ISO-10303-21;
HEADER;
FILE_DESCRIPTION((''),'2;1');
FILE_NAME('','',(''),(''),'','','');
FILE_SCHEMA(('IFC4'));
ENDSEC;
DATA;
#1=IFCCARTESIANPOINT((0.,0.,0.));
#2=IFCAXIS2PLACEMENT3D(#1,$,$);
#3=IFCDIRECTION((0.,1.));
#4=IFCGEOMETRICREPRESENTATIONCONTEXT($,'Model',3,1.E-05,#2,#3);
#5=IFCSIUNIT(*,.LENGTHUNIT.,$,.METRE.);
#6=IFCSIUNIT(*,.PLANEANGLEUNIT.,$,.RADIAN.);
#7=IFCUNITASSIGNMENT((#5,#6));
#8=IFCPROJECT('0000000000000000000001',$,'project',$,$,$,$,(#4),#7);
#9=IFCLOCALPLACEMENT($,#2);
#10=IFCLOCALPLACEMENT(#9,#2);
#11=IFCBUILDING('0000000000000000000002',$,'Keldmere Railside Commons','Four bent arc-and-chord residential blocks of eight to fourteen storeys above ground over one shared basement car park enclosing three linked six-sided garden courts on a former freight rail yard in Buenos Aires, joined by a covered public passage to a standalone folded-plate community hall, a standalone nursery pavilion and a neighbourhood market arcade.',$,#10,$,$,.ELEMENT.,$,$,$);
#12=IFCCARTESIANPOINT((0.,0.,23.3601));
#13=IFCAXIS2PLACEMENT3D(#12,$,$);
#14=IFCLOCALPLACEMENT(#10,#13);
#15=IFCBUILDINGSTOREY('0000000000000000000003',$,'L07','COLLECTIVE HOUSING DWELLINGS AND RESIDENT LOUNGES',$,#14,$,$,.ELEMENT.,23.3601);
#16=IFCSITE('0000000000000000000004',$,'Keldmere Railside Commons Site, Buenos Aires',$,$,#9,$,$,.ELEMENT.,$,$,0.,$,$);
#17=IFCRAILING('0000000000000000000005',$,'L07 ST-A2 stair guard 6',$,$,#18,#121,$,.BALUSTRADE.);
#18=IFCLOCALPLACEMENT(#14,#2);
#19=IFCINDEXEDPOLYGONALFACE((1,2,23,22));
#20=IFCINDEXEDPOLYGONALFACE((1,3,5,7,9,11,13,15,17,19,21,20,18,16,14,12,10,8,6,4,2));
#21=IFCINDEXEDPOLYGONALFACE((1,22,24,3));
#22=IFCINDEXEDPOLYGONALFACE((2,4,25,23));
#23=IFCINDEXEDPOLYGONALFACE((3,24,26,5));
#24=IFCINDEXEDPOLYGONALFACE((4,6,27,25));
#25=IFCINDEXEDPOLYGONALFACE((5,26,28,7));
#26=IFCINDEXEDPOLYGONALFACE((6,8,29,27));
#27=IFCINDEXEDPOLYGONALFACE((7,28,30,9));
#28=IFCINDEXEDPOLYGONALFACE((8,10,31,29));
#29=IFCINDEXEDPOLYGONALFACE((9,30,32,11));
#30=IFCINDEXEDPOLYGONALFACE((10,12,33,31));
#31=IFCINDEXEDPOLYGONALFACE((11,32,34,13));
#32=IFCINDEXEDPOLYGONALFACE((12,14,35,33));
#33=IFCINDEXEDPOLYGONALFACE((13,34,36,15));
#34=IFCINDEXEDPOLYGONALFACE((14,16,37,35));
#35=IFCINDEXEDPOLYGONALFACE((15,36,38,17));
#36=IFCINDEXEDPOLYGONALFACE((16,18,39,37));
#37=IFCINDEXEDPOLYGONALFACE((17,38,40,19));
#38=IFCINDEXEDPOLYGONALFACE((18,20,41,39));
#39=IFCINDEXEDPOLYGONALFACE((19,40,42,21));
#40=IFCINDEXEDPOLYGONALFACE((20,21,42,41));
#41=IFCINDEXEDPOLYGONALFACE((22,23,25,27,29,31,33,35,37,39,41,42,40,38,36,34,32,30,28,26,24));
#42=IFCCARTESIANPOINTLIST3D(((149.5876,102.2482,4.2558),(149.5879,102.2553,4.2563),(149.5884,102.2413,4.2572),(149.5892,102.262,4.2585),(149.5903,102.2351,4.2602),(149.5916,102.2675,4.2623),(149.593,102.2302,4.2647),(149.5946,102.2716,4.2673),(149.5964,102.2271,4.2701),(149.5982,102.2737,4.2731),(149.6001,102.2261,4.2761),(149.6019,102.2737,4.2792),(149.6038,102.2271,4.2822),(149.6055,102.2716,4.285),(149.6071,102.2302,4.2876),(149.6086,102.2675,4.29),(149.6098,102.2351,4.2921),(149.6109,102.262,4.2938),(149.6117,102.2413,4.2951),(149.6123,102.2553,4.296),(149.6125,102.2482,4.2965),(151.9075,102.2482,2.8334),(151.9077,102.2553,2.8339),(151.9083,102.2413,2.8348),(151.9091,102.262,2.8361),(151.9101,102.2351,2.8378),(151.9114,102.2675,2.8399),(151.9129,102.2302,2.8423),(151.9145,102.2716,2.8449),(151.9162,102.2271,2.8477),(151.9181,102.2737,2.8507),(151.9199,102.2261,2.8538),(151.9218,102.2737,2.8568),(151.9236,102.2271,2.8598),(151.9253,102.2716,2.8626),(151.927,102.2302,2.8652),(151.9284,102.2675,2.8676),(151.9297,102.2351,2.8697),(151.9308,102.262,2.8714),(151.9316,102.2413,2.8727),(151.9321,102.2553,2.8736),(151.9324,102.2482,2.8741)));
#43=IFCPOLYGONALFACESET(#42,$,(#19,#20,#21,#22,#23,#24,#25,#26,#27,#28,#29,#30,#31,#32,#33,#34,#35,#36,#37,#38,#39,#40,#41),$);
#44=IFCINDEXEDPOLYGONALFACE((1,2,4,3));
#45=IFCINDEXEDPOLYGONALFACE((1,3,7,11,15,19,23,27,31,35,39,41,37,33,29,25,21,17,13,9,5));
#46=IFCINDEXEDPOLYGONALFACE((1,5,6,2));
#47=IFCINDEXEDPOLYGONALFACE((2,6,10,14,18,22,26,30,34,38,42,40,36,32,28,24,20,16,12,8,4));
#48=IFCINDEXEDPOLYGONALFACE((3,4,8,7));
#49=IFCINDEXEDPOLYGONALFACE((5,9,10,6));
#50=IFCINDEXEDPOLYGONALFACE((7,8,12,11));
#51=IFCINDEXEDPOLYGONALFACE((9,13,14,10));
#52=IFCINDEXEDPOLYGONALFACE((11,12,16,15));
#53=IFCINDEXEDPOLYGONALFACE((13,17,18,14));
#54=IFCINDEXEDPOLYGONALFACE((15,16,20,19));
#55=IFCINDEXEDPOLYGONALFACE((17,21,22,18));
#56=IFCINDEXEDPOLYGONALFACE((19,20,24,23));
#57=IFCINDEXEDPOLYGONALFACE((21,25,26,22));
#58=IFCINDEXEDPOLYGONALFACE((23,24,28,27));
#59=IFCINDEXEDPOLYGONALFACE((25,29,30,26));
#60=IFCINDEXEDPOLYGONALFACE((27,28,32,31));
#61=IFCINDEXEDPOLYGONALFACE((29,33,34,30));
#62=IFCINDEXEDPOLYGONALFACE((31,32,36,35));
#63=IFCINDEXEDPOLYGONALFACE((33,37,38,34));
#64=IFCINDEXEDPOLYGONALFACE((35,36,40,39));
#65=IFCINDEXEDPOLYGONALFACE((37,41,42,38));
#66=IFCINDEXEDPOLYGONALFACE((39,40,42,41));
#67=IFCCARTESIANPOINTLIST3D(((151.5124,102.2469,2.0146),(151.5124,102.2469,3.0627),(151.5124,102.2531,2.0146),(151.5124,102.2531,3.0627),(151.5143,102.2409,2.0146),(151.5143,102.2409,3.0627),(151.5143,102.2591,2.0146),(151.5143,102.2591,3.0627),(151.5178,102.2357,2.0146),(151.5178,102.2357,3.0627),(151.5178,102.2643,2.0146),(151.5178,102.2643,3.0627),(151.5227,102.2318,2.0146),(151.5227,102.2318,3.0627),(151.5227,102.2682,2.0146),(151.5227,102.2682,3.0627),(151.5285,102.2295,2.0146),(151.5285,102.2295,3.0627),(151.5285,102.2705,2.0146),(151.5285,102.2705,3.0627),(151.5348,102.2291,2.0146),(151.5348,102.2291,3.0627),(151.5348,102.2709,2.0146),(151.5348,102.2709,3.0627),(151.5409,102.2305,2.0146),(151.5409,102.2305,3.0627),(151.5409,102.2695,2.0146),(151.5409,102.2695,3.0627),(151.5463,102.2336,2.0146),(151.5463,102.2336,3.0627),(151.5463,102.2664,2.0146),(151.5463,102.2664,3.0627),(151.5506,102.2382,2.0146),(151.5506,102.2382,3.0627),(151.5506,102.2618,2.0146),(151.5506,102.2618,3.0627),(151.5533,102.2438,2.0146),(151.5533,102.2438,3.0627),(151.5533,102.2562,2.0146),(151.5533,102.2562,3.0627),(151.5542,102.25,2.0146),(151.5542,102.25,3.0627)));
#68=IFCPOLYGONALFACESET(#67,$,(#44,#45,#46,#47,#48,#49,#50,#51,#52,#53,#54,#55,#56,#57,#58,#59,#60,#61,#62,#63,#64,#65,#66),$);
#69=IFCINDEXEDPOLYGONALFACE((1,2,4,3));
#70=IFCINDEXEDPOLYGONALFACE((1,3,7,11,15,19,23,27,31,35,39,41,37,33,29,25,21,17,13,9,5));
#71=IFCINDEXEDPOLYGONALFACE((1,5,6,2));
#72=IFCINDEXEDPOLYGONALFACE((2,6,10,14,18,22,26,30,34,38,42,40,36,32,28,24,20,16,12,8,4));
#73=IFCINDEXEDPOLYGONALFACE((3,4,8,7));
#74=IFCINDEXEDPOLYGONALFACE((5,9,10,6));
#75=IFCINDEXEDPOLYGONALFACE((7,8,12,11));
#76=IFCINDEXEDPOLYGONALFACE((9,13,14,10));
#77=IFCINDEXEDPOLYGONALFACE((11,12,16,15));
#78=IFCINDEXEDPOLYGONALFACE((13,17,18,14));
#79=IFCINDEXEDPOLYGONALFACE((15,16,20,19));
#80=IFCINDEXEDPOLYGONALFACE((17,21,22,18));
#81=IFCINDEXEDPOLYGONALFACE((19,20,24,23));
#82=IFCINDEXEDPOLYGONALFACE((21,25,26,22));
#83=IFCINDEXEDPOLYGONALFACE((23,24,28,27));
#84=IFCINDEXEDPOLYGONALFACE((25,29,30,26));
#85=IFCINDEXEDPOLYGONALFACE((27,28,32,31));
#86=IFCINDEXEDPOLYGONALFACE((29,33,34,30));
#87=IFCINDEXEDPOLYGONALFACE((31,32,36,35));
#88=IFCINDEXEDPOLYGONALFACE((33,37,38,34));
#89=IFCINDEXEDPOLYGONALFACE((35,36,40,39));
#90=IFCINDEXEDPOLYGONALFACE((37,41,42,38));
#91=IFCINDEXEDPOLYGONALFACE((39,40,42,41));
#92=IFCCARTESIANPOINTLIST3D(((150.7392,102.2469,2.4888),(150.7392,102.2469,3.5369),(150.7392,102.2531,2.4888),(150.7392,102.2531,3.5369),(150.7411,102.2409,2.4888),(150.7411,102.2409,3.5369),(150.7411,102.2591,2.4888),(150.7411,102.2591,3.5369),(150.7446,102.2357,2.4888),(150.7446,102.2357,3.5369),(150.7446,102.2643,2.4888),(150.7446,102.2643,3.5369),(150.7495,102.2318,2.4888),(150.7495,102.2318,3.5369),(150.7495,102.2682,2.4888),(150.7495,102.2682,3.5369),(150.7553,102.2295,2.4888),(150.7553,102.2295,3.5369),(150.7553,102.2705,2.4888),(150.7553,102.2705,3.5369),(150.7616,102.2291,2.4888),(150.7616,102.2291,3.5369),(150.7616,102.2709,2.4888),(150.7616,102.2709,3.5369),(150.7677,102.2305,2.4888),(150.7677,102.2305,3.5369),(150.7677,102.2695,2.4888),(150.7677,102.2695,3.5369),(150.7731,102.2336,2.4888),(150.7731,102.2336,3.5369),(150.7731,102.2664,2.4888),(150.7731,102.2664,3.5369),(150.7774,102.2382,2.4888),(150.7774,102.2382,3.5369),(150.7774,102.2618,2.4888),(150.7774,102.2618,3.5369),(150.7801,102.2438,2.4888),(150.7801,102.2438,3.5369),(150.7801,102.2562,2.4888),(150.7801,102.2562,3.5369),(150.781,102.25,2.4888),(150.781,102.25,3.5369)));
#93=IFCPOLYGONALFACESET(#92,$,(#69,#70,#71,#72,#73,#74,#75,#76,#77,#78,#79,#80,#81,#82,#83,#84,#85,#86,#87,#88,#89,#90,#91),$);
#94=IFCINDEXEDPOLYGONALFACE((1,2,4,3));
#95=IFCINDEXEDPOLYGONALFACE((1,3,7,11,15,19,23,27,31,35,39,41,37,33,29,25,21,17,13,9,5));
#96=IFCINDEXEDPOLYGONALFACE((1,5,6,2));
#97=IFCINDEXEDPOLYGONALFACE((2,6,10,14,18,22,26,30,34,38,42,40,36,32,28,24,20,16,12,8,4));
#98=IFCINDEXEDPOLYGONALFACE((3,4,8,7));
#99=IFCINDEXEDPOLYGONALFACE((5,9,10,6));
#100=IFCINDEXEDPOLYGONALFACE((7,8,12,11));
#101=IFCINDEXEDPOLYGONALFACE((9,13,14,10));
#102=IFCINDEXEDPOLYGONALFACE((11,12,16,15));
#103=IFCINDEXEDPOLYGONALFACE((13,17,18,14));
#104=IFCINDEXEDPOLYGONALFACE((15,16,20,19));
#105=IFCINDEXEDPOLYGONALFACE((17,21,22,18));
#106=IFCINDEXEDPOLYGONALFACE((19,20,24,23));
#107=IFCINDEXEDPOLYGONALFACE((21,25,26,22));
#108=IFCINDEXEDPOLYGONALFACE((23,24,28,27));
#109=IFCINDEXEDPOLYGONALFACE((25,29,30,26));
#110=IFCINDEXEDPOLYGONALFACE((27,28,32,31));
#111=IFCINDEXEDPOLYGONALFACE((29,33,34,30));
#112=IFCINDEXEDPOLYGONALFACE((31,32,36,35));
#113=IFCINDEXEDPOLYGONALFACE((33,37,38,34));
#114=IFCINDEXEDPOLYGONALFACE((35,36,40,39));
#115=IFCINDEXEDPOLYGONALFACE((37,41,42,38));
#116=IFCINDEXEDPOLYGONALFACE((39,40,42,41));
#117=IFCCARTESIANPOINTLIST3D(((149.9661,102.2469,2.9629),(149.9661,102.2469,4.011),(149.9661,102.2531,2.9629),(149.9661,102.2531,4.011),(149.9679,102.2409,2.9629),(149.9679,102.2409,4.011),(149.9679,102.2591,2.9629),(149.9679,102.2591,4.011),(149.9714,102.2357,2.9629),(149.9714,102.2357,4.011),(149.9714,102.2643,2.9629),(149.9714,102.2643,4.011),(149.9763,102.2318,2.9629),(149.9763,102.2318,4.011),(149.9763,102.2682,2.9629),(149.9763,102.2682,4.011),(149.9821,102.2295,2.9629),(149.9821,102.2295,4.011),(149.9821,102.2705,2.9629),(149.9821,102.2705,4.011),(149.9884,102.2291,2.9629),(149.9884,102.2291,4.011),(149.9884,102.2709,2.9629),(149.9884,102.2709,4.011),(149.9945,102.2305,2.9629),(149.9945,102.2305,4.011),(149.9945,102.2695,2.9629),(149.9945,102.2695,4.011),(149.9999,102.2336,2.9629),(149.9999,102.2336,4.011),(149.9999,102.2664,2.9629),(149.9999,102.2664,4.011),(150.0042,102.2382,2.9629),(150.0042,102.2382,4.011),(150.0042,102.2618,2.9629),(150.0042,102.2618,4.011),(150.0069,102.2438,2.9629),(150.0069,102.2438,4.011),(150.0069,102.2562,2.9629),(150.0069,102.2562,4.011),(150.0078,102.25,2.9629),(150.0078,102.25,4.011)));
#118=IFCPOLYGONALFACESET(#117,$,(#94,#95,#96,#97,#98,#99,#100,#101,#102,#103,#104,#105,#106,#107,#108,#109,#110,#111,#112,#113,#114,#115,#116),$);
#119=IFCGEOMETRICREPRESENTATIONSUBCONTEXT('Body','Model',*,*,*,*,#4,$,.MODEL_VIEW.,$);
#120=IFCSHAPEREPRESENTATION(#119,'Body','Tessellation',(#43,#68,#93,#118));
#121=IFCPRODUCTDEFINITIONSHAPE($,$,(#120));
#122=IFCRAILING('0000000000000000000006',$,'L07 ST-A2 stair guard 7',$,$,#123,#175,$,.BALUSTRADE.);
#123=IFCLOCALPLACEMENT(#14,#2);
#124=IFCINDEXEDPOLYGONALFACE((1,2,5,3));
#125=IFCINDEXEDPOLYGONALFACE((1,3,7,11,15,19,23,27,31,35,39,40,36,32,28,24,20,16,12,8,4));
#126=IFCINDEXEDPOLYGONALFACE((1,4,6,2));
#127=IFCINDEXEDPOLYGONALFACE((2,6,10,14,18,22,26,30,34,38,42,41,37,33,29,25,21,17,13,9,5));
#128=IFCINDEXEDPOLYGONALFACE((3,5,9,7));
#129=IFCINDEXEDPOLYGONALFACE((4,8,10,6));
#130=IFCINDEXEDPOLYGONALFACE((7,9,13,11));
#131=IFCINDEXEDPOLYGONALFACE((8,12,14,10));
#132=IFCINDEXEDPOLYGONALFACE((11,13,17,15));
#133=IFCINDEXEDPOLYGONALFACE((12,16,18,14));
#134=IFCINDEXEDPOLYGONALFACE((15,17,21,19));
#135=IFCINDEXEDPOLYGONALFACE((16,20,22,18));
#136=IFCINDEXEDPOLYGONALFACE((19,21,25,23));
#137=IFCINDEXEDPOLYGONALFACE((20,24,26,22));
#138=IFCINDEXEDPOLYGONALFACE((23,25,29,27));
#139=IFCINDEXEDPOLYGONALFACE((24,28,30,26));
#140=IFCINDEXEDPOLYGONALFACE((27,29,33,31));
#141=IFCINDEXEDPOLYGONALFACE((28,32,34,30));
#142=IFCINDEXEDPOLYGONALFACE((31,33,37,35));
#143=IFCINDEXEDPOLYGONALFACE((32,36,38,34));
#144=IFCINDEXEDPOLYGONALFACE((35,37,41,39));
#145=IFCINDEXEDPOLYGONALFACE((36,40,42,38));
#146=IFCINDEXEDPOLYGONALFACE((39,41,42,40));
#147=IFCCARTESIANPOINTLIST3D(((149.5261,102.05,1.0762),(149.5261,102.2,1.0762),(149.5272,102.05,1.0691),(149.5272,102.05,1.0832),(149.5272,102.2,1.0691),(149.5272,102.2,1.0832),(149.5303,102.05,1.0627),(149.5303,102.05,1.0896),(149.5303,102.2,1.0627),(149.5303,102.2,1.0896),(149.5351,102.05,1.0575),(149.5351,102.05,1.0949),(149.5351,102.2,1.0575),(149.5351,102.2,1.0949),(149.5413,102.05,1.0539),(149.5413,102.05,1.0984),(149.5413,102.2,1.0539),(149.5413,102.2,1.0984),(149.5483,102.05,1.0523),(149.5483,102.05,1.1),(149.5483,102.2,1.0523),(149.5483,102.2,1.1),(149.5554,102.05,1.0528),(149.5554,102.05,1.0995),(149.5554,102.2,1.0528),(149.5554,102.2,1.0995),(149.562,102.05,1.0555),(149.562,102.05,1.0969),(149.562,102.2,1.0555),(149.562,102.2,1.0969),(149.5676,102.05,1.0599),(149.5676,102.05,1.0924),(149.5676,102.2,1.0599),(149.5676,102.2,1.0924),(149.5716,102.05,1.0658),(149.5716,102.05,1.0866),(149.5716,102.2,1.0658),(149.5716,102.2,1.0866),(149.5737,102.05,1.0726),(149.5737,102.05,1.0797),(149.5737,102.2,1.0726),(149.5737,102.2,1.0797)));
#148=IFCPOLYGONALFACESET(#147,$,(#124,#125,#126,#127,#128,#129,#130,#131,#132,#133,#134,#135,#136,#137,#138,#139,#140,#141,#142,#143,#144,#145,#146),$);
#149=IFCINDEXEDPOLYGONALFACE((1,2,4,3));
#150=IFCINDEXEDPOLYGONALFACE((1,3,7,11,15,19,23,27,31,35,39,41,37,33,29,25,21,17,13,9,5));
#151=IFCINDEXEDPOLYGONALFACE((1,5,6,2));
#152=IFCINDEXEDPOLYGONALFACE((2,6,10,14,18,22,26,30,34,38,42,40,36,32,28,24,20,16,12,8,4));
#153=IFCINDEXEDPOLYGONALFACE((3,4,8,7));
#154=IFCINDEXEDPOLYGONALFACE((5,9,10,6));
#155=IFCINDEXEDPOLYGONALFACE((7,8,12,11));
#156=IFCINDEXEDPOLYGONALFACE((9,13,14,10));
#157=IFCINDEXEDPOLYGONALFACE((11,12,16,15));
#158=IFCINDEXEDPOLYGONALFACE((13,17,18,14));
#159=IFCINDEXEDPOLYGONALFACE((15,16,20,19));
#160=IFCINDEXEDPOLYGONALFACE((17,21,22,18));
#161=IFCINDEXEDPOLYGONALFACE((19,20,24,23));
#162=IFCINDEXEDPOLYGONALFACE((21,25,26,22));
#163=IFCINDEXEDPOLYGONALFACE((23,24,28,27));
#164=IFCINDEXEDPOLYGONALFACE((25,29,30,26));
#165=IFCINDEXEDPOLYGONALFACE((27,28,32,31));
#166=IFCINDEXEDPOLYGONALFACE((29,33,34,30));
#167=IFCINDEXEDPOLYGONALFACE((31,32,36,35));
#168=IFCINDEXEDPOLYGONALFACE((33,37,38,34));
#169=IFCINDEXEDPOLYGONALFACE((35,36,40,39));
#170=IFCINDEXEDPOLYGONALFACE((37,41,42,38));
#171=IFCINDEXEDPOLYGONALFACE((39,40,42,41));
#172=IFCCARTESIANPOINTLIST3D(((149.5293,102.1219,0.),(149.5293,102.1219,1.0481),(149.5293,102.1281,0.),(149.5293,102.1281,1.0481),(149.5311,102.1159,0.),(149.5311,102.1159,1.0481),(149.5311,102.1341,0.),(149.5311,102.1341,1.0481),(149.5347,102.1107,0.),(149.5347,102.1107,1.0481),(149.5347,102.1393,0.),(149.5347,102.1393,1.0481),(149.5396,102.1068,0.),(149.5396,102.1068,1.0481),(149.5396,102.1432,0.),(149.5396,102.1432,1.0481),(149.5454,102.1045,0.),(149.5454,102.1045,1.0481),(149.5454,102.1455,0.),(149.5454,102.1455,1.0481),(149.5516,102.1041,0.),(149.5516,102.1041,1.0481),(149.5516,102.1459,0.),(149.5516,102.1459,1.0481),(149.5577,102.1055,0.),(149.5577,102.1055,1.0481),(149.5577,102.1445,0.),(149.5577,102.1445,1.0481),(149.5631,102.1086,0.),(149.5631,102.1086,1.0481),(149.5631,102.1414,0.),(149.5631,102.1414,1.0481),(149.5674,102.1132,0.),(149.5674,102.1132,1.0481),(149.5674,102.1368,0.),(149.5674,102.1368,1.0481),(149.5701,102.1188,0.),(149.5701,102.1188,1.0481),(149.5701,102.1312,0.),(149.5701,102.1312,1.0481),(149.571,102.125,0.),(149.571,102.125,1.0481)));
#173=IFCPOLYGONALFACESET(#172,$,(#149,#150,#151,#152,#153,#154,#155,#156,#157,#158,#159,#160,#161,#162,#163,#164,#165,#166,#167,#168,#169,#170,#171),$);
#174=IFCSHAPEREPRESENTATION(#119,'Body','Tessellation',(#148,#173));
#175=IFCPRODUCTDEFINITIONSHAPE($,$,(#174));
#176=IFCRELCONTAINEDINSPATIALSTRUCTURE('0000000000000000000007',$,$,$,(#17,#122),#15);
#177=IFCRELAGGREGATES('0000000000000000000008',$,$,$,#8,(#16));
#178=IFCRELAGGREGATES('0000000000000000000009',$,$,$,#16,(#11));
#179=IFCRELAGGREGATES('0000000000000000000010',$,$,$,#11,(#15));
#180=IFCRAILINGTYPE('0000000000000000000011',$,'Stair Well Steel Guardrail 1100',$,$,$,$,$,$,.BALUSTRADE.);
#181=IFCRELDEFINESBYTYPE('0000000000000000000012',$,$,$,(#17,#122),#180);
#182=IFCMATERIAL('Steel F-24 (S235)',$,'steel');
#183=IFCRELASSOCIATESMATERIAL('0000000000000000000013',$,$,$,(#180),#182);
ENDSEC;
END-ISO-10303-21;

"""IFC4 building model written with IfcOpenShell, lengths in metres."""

from ifc_helpers import new_model, si_unit, direction, frame, origin, origin_2d, place, context, subcontext, project, spatial, circle, extrude, material, type_object, element, save


model = new_model("IFC4")

# Units and contexts
model_context = context("Model", 3, precision=1e-05, world=origin(), true_north=direction((0.0, 1.0)))
body_context = subcontext(model_context, "Body", "Model", "MODEL_VIEW")
ifc_project = project(units=[si_unit("LENGTHUNIT", "METRE"), si_unit("PLANEANGLEUNIT", "RADIAN")], contexts=[model_context])

# Site, building, storey
site_placement = place(None, origin())
site = spatial("IfcSite", under=ifc_project, at=site_placement, Name="Keldmere Railside Commons Site, Buenos Aires", CompositionType="ELEMENT", RefElevation=0.0)
building_placement = place(site_placement, origin())
building = spatial("IfcBuilding", under=site, at=building_placement, Name="Keldmere Railside Commons", Description="Four bent arc-and-chord residential blocks of eight to fourteen storeys above ground over one shared basement car park enclosing three linked six-sided garden courts on a former freight rail yard in Buenos Aires, joined by a covered public passage to a standalone folded-plate community hall, a standalone nursery pavilion and a neighbourhood market arcade.", CompositionType="ELEMENT")
storey_placement = place(building_placement, frame((0.0, 0.0, 23.3601)))
storey = spatial("IfcBuildingStorey", under=building, at=storey_placement, Name="L07", Description="COLLECTIVE HOUSING DWELLINGS AND RESIDENT LOUNGES", CompositionType="ELEMENT", Elevation=23.3601)

# Railings
ifc_material_1 = material(Name="Steel F-24 (S235)", Category="steel")
railing_type_1 = type_object("IfcRailingType", Name="Stair Well Steel Guardrail 1100", PredefinedType="BALUSTRADE", material=ifc_material_1)
railing_1_placement = place(storey_placement, frame((151.9199, 102.25, 1.7776)))
element("IfcRailing", 1, at=railing_1_placement, inside=storey, type_object=railing_type_1, Name="L07 ST-A2 stair guard 6", PredefinedType="BALUSTRADE", context=body_context, shape_type="SweptSolid", body=[
    extrude(circle(Radius=0.0239, at=origin_2d()), frame((0.0, 0.0, 1.0762), z_axis=(-0.852514, 0.0, 0.522705), x_axis=(0.0, -1.0, 0.0)), (0.0, 0.0, 1.0), 2.7212),
    extrude(circle(Radius=0.021, at=origin_2d()), frame((-0.3867, 0.0, 0.2371)), (0.0, 0.0, 1.0), 1.0481),
    extrude(circle(Radius=0.021, at=origin_2d()), frame((-1.1599, 0.0, 0.7112)), (0.0, 0.0, 1.0), 1.0481),
    extrude(circle(Radius=0.021, at=origin_2d()), frame((-1.9331, 0.0, 1.1853)), (0.0, 0.0, 1.0), 1.0481),
])
railing_2_placement = place(storey_placement, frame((149.55, 102.05, 0.0)))
element("IfcRailing", 2, at=railing_2_placement, inside=storey, type_object=railing_type_1, Name="L07 ST-A2 stair guard 7", PredefinedType="BALUSTRADE", context=body_context, shape_type="SweptSolid", body=[
    extrude(circle(Radius=0.0239, at=origin_2d()), frame((0.0, 0.0, 1.0762), z_axis=(0.0, 1.0, 0.0), x_axis=(-1.0, 0.0, 0.0)), (0.0, 0.0, 1.0), 0.1499),
    extrude(circle(Radius=0.021, at=origin_2d()), frame((0.0, 0.075, 0.0)), (0.0, 0.0, 1.0), 1.0481),
])

save(model, "model.ifc")
